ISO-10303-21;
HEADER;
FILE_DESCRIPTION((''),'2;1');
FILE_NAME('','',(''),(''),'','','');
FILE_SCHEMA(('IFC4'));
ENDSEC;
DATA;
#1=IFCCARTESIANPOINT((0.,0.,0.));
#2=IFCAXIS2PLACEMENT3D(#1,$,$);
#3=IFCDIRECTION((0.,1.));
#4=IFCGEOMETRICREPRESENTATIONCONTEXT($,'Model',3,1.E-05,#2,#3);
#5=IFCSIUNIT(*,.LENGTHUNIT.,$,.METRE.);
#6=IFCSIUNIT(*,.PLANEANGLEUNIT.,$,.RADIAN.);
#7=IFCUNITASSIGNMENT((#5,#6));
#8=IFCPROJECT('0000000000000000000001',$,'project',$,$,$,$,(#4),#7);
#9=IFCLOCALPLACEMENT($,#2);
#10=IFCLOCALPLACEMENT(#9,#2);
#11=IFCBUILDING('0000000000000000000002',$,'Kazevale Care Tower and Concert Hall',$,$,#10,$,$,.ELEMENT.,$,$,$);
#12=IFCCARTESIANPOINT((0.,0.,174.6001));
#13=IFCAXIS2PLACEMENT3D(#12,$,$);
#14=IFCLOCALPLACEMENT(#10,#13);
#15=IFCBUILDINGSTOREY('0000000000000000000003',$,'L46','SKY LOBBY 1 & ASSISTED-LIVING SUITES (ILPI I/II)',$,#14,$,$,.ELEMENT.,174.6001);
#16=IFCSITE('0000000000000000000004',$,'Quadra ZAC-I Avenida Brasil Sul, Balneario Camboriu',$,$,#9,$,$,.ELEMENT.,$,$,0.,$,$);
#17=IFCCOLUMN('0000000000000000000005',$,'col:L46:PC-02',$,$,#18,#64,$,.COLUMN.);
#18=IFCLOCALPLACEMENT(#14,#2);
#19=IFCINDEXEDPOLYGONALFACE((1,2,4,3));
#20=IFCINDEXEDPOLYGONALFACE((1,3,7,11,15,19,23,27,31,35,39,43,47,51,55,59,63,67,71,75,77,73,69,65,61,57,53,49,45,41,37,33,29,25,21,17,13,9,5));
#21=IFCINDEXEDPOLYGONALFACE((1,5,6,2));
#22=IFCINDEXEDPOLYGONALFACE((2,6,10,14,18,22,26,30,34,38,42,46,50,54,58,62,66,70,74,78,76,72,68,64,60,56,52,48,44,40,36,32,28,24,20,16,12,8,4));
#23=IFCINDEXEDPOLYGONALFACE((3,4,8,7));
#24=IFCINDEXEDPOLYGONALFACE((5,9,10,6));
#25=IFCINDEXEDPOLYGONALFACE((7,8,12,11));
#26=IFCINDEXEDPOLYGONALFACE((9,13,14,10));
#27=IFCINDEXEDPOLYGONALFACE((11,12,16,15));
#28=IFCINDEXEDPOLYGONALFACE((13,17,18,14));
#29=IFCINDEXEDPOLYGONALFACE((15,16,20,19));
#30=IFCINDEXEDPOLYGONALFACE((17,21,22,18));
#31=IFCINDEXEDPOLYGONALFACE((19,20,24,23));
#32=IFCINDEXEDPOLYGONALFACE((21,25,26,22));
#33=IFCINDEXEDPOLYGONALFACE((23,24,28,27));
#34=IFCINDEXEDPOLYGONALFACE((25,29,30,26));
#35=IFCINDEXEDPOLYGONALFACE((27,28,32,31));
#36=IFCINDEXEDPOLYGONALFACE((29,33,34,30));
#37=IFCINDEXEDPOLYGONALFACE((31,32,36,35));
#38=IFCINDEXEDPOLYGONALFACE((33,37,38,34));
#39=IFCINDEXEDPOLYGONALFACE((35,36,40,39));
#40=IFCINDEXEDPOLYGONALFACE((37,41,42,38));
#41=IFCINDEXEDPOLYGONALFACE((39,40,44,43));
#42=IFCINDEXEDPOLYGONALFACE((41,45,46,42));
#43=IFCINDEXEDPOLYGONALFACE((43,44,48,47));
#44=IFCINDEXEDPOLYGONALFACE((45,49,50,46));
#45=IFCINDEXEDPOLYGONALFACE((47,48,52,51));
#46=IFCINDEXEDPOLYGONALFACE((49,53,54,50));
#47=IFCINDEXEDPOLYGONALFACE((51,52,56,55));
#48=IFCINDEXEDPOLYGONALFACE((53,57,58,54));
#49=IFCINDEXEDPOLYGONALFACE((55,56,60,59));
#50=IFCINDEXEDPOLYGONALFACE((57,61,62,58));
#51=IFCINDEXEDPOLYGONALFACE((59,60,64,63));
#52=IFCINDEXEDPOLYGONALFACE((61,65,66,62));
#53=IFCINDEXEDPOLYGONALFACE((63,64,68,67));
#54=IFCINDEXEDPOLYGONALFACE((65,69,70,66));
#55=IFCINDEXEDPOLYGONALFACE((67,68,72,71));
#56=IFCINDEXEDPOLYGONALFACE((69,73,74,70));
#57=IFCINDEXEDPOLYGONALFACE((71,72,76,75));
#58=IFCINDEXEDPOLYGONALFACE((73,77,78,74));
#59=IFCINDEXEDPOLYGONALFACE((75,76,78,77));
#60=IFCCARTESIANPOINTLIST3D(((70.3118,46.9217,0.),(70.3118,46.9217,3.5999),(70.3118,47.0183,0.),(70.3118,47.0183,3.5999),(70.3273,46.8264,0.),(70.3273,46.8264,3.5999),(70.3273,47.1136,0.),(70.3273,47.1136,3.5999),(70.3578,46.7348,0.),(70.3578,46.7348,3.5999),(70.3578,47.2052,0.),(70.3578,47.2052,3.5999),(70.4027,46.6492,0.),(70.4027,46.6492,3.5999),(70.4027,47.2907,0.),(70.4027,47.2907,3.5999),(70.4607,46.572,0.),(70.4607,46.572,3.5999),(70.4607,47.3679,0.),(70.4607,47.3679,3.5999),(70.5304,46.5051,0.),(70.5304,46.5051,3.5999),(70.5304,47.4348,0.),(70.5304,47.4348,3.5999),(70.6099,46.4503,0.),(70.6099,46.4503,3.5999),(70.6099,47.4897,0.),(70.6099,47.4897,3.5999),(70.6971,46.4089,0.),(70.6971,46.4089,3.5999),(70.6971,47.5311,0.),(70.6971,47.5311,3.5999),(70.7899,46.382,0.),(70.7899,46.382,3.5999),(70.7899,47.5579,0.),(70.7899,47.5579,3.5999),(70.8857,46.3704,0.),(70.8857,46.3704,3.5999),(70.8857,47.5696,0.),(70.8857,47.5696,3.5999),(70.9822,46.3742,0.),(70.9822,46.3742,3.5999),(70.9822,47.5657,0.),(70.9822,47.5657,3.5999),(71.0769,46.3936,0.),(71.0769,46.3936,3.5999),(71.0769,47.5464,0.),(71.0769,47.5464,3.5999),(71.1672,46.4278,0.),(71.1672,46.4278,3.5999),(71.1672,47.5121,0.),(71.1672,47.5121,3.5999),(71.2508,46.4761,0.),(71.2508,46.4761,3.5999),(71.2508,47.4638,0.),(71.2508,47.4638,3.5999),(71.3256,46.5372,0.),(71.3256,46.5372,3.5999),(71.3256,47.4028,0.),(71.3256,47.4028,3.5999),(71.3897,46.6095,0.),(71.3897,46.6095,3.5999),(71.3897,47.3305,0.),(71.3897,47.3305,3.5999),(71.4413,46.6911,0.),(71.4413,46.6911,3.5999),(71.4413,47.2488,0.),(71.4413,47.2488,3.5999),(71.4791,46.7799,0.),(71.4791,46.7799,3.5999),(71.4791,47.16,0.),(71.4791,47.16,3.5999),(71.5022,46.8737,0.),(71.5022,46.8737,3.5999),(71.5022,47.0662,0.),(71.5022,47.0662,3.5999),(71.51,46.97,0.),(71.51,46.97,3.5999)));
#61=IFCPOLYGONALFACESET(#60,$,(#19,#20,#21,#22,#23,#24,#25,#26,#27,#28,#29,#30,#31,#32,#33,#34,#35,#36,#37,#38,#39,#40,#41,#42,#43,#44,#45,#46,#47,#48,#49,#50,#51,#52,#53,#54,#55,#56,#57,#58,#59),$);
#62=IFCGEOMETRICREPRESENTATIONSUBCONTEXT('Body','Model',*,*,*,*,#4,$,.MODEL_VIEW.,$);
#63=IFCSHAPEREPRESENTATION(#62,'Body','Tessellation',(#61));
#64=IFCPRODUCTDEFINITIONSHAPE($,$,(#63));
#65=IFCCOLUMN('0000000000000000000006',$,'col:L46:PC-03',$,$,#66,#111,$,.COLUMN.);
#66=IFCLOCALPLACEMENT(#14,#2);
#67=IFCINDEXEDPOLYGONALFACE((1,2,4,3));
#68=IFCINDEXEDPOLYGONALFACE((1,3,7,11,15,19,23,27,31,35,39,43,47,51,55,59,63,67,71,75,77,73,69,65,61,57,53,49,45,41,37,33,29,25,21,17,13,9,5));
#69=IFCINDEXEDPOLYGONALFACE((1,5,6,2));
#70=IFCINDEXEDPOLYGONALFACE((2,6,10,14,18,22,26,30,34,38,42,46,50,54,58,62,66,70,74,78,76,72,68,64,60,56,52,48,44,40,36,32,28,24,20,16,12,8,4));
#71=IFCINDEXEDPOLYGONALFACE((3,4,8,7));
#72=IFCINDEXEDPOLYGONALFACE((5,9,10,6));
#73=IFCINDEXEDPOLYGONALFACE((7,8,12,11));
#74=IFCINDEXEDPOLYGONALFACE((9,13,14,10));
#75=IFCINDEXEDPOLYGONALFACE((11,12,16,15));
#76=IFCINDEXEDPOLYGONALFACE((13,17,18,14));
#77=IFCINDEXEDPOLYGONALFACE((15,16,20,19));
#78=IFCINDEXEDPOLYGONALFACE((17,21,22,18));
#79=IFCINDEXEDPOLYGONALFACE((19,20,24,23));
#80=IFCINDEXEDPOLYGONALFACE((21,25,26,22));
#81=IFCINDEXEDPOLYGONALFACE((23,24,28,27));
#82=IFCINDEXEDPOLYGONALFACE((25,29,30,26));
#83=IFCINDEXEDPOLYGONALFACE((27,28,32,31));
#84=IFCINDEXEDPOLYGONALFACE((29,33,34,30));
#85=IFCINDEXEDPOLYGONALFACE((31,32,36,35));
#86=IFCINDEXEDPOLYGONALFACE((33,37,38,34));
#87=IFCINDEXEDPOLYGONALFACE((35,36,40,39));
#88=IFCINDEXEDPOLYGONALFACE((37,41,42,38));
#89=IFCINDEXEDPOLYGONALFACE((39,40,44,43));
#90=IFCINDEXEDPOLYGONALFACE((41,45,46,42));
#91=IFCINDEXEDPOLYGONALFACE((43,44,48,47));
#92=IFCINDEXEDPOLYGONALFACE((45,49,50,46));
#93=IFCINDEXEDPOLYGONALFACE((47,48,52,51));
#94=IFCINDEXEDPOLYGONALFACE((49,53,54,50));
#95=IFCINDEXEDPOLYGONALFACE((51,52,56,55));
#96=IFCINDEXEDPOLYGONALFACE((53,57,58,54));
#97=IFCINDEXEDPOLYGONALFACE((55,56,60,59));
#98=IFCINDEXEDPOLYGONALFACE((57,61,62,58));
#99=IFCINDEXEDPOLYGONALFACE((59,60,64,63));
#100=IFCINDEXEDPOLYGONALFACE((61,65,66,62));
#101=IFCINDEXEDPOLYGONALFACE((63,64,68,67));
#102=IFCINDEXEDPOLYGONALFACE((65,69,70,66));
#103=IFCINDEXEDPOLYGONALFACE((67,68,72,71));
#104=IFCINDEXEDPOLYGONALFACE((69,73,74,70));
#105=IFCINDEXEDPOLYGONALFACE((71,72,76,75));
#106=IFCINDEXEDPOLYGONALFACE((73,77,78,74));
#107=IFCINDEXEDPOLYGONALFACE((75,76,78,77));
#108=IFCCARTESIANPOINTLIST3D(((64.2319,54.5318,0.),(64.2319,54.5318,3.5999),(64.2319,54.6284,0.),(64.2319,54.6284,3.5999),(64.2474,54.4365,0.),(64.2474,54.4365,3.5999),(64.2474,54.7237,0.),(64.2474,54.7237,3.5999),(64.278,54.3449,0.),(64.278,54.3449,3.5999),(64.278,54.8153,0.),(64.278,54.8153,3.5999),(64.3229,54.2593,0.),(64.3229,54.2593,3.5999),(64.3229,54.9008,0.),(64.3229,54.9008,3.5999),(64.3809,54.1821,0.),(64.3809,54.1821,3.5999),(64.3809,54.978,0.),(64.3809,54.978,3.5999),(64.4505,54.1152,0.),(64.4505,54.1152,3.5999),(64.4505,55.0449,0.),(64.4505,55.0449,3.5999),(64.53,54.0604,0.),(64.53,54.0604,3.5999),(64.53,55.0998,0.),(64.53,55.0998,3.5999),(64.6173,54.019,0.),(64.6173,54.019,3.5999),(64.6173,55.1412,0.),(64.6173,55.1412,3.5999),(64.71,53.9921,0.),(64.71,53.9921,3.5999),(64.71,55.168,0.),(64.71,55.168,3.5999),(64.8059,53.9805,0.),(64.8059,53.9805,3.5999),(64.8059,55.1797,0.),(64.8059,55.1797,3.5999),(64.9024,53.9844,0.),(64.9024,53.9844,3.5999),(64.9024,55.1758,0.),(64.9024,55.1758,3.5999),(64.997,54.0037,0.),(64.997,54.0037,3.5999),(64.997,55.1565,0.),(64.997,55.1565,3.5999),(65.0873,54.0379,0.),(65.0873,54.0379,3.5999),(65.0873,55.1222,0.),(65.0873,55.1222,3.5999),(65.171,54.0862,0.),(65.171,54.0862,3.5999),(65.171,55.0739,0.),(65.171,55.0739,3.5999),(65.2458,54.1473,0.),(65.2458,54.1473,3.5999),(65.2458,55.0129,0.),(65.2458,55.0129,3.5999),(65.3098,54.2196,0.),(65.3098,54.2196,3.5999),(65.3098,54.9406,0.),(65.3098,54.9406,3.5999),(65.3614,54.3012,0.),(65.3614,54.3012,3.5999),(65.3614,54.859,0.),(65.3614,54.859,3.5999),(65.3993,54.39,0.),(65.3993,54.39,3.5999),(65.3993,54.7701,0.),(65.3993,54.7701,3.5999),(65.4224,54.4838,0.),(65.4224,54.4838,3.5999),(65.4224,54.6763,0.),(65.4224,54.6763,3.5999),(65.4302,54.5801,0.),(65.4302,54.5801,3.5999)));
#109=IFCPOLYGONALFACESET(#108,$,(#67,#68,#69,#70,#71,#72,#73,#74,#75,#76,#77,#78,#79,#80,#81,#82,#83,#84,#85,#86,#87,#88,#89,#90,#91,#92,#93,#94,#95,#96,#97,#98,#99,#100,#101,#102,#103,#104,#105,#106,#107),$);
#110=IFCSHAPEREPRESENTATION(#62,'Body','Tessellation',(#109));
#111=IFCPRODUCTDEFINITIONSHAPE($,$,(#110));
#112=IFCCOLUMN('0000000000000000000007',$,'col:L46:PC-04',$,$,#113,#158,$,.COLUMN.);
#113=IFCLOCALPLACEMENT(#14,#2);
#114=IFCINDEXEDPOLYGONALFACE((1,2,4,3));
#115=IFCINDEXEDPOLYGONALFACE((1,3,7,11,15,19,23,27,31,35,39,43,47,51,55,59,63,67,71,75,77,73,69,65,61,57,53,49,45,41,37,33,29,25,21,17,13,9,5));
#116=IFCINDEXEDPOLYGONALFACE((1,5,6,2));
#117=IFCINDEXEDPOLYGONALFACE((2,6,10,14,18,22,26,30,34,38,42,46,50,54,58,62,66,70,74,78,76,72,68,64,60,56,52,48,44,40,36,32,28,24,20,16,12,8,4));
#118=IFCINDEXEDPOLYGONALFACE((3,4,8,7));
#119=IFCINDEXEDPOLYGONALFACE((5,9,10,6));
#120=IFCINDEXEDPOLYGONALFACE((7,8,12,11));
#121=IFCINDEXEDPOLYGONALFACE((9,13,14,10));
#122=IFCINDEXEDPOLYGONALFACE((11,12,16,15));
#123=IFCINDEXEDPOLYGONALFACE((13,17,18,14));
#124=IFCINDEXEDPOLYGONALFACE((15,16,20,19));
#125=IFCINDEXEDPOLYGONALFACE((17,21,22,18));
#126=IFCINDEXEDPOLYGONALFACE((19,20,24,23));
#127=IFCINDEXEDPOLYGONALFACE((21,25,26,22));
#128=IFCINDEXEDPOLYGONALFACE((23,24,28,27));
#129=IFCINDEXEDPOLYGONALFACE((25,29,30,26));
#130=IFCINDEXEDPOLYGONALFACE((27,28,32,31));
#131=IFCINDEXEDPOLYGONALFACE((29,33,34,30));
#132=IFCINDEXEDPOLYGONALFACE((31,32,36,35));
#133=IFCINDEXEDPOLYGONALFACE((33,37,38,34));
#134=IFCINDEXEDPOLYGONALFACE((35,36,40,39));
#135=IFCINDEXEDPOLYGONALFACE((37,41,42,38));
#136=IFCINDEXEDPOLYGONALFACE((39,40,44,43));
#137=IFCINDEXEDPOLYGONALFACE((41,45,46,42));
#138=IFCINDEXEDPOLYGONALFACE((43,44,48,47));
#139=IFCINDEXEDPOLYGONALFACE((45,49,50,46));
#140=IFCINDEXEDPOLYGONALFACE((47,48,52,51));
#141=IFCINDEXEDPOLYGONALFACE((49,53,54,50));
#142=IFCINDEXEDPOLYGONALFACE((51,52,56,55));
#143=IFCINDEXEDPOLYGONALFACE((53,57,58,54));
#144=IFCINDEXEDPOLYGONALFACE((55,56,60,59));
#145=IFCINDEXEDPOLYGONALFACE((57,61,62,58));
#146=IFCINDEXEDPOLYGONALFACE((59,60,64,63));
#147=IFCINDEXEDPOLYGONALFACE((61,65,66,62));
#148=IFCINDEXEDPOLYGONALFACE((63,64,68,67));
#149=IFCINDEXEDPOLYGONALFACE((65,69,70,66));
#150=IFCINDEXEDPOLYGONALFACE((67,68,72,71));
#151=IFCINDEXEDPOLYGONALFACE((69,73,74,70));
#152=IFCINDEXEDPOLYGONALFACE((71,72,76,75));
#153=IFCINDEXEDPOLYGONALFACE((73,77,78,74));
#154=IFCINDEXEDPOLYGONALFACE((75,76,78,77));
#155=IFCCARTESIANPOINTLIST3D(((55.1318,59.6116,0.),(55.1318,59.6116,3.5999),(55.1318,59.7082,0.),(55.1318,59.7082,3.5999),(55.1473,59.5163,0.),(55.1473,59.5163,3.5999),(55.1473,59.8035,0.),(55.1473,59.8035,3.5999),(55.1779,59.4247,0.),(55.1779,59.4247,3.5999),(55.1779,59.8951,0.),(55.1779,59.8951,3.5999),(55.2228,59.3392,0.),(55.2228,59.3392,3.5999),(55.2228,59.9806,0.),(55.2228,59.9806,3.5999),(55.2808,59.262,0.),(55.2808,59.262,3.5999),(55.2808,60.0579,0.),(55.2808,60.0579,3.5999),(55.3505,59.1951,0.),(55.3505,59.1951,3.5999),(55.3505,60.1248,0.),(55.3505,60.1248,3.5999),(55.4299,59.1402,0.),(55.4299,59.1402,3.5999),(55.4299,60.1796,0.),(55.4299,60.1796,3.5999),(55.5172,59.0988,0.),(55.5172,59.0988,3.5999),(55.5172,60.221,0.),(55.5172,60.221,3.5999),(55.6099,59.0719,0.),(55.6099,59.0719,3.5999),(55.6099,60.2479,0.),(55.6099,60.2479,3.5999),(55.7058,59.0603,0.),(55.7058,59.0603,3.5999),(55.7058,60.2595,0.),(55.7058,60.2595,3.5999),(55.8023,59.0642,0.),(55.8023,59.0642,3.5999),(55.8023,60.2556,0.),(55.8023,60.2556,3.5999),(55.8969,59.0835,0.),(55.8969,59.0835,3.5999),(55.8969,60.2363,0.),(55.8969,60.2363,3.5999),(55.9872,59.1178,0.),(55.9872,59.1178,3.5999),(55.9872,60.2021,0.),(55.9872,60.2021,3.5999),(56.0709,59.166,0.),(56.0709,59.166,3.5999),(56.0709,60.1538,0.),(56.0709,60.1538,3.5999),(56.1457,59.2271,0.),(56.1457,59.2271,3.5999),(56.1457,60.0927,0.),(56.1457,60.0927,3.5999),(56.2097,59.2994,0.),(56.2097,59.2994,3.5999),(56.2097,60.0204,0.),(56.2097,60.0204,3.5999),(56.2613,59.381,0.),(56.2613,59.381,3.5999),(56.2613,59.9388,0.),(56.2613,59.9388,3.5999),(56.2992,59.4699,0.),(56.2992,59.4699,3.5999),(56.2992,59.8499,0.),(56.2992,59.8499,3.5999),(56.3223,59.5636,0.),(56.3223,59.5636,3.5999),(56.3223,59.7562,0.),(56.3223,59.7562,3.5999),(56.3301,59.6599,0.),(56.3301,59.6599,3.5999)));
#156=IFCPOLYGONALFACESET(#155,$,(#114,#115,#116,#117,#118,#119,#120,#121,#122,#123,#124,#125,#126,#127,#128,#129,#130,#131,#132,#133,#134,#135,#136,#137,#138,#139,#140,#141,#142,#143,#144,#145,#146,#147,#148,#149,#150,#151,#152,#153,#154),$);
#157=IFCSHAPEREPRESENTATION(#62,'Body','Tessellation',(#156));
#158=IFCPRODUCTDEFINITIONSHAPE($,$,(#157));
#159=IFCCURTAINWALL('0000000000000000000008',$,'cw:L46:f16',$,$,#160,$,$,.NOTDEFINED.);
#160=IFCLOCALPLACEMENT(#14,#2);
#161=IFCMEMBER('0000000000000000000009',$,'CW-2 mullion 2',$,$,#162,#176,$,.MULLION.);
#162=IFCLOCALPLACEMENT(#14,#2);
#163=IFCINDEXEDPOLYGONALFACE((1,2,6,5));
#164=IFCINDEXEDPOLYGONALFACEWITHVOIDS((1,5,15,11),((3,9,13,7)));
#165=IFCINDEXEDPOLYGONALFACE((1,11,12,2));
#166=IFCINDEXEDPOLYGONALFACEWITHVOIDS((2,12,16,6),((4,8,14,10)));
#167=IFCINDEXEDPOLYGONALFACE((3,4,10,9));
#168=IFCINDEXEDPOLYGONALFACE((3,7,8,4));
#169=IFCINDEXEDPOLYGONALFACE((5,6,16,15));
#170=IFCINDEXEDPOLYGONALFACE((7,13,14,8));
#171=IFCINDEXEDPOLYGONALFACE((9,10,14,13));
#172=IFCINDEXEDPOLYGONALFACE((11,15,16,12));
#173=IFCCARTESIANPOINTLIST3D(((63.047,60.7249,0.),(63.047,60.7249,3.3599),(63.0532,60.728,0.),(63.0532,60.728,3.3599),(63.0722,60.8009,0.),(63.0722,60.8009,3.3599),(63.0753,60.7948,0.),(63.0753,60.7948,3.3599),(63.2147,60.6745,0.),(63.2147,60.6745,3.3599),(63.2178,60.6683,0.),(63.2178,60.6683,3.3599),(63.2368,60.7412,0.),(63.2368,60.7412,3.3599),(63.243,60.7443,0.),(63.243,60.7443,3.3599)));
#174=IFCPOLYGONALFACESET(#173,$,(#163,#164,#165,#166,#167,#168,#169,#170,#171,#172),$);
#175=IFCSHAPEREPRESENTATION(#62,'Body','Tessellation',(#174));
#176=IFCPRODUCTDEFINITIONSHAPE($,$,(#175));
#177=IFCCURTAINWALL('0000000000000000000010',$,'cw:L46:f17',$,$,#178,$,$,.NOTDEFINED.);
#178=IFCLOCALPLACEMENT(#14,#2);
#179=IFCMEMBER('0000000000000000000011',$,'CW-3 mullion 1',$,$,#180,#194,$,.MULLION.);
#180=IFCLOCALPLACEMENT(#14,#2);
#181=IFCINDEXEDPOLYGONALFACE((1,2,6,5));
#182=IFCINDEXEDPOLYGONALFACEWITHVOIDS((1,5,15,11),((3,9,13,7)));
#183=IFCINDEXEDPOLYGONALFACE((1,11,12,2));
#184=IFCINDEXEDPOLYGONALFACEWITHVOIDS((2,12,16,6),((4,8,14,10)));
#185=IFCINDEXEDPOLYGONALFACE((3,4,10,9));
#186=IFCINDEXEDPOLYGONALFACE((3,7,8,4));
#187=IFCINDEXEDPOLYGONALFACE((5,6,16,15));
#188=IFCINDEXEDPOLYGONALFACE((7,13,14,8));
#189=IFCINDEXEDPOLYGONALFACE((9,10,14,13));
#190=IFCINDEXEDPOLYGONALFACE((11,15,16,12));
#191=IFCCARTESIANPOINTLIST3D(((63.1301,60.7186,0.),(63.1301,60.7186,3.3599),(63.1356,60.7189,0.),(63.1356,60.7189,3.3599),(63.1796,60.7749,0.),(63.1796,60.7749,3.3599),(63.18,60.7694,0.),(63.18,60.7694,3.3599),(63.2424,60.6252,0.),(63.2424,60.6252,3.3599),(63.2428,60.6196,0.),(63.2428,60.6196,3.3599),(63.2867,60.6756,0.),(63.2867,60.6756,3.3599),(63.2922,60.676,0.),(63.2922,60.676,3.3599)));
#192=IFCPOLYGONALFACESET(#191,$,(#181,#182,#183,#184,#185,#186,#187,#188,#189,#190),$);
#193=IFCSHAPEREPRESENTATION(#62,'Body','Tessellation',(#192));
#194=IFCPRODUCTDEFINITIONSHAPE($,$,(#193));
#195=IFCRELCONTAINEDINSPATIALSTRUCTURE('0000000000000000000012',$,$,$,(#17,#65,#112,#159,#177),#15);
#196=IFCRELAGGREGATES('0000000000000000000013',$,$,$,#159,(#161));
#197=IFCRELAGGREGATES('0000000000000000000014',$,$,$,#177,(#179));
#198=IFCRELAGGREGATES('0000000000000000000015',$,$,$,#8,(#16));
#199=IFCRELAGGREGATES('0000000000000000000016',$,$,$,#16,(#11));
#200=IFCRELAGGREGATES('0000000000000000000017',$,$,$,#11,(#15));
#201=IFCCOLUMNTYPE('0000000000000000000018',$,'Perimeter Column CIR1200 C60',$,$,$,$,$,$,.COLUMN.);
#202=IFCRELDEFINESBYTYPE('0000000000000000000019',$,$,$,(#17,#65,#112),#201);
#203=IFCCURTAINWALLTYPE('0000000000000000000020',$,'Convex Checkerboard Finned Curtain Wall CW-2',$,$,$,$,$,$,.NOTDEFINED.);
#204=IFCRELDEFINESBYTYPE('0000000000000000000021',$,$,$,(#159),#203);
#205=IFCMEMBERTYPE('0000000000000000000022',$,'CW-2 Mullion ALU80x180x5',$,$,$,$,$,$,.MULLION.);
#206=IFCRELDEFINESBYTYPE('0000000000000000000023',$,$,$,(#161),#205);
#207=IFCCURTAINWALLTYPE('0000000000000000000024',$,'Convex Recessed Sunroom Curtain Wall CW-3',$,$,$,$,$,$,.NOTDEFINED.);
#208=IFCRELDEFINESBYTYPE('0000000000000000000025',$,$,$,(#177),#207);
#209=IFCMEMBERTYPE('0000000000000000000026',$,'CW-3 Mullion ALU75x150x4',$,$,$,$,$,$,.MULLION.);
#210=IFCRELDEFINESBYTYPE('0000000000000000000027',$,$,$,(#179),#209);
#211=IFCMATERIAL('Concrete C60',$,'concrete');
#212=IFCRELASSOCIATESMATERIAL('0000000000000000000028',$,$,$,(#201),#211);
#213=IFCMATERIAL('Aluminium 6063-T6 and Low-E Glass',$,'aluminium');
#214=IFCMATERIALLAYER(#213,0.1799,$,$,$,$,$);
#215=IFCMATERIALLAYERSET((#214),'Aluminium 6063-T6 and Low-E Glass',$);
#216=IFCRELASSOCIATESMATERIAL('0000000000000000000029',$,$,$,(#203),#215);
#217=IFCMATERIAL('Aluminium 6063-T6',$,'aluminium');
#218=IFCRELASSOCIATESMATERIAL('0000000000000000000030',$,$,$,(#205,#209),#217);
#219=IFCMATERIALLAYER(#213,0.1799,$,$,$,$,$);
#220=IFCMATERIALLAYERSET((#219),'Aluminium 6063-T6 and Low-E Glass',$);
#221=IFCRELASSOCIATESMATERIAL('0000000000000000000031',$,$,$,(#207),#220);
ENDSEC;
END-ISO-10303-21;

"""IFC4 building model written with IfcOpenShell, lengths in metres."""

from ifc_helpers import new_model, si_unit, direction, frame, origin, origin_2d, place, context, subcontext, project, spatial, hollow_rectangle, circle, extrude, material, layer, layer_set, material_profile, profile_set, type_object, element, aggregate, save


model = new_model("IFC4")

# Units and contexts
model_context = context("Model", 3, precision=1e-05, world=origin(), true_north=direction((0.0, 1.0)))
body_context = subcontext(model_context, "Body", "Model", "MODEL_VIEW")
ifc_project = project(units=[si_unit("LENGTHUNIT", "METRE"), si_unit("PLANEANGLEUNIT", "RADIAN")], contexts=[model_context])

# Site, building, storey
site_placement = place(None, origin())
site = spatial("IfcSite", under=ifc_project, at=site_placement, Name="Quadra ZAC-I Avenida Brasil Sul, Balneario Camboriu", CompositionType="ELEMENT", RefElevation=0.0)
building_placement = place(site_placement, origin())
building = spatial("IfcBuilding", under=site, at=building_placement, Name="Kazevale Care Tower and Concert Hall", CompositionType="ELEMENT")
storey_placement = place(building_placement, frame((0.0, 0.0, 174.6001)))
storey = spatial("IfcBuildingStorey", under=building, at=storey_placement, Name="L46", Description="SKY LOBBY 1 & ASSISTED-LIVING SUITES (ILPI I/II)", CompositionType="ELEMENT", Elevation=174.6001)

# Columns
ifc_material_1 = material(Name="Concrete C60", Category="concrete")
ifc_material_profile_1 = material_profile(ifc_material_1, circle(Radius=0.6001, at=origin_2d()), Name="RC-CIR1200")
ifc_profile_set_1 = profile_set([ifc_material_profile_1], Name="Concrete C60")
column_type = type_object("IfcColumnType", Name="Perimeter Column CIR1200 C60", PredefinedType="COLUMN", material=ifc_profile_set_1)
for number, where, z_axis, x_axis, name in (
    (1, (70.9099, 46.97, 0.0), (0.0, 0.0, 1.0), (1.0, 0.0, 0.0), "col:L46:PC-02"),
    (2, (64.8301, 54.5801, 0.0), (0.0, 0.0, 1.0), (1.0, 0.0, 0.0), "col:L46:PC-03"),
    (3, (55.73, 59.6599, 0.0), (0.0, 0.0, 1.0), (1.0, 0.0, 0.0), "col:L46:PC-04"),
):
    element("IfcColumn", number, at=place(storey_placement, frame(where, z_axis=z_axis, x_axis=x_axis)), inside=storey, type_object=column_type, Name=name, PredefinedType="COLUMN", context=body_context, shape_type="SweptSolid", body=[
        extrude(circle(Radius=0.6001, at=origin_2d()), origin(), (0.0, 0.0, 1.0), 3.5999),
    ])

# Curtain wall, member
ifc_material_2 = material(Name="Aluminium 6063-T6 and Low-E Glass", Category="aluminium")
ifc_layer_1 = layer(ifc_material_2, 0.1799)
ifc_layer_set_1 = layer_set([ifc_layer_1], Name="Aluminium 6063-T6 and Low-E Glass")
curtain_wall_type_1 = type_object("IfcCurtainWallType", Name="Convex Checkerboard Finned Curtain Wall CW-2", PredefinedType="NOTDEFINED", material=ifc_layer_set_1)
curtain_wall_1_placement = place(storey_placement, origin())
curtain_wall_1 = element("IfcCurtainWall", 4, at=curtain_wall_1_placement, inside=storey, type_object=curtain_wall_type_1, Name="cw:L46:f16", PredefinedType="NOTDEFINED")
ifc_material_3 = material(Name="Aluminium 6063-T6", Category="aluminium")
ifc_material_profile_2 = material_profile(ifc_material_3, hollow_rectangle(XDim=0.0801, YDim=0.1799, WallThickness=0.0049, at=origin_2d()), Name="ALU80x180x5")
ifc_profile_set_2 = profile_set([ifc_material_profile_2], Name="Aluminium 6063-T6")
member_type_1 = type_object("IfcMemberType", Name="CW-2 Mullion ALU80x180x5", PredefinedType="MULLION", material=ifc_profile_set_2)
member_1_placement = place(storey_placement, frame((63.145, 60.7346, 0.0), z_axis=(0.0, 0.0, 1.0), x_axis=(0.314868, 0.949135, 0.0)))
member_1 = element("IfcMember", 5, at=member_1_placement, type_object=member_type_1, Name="CW-2 mullion 2", PredefinedType="MULLION", context=body_context, shape_type="SweptSolid", body=[
    extrude(hollow_rectangle(XDim=0.0801, YDim=0.1799, WallThickness=0.0049, at=origin_2d()), origin(), (0.0, 0.0, 1.0), 3.3599),
])
aggregate(curtain_wall_1, [member_1])

# Curtain wall, member
ifc_layer_2 = layer(ifc_material_2, 0.1799)
ifc_layer_set_2 = layer_set([ifc_layer_2], Name="Aluminium 6063-T6 and Low-E Glass")
curtain_wall_type_2 = type_object("IfcCurtainWallType", Name="Convex Recessed Sunroom Curtain Wall CW-3", PredefinedType="NOTDEFINED", material=ifc_layer_set_2)
curtain_wall_2_placement = place(storey_placement, origin())
curtain_wall_2 = element("IfcCurtainWall", 6, at=curtain_wall_2_placement, inside=storey, type_object=curtain_wall_type_2, Name="cw:L46:f17", PredefinedType="NOTDEFINED")
ifc_material_profile_3 = material_profile(ifc_material_3, hollow_rectangle(XDim=0.075, YDim=0.1499, WallThickness=0.0039, at=origin_2d()), Name="ALU75x150x4")
ifc_profile_set_3 = profile_set([ifc_material_profile_3], Name="Aluminium 6063-T6")
member_type_2 = type_object("IfcMemberType", Name="CW-3 Mullion ALU75x150x4", PredefinedType="MULLION", material=ifc_profile_set_3)
member_2_placement = place(storey_placement, frame((63.2112, 60.6973, 0.0), z_axis=(0.0, 0.0, 1.0), x_axis=(0.659892, 0.751361, 0.0)))
member_2 = element("IfcMember", 7, at=member_2_placement, type_object=member_type_2, Name="CW-3 mullion 1", PredefinedType="MULLION", context=body_context, shape_type="SweptSolid", body=[
    extrude(hollow_rectangle(XDim=0.075, YDim=0.1499, WallThickness=0.0039, at=origin_2d()), origin(), (0.0, 0.0, 1.0), 3.3599),
])

aggregate(curtain_wall_2, [member_2])

save(model, "model.ifc")
